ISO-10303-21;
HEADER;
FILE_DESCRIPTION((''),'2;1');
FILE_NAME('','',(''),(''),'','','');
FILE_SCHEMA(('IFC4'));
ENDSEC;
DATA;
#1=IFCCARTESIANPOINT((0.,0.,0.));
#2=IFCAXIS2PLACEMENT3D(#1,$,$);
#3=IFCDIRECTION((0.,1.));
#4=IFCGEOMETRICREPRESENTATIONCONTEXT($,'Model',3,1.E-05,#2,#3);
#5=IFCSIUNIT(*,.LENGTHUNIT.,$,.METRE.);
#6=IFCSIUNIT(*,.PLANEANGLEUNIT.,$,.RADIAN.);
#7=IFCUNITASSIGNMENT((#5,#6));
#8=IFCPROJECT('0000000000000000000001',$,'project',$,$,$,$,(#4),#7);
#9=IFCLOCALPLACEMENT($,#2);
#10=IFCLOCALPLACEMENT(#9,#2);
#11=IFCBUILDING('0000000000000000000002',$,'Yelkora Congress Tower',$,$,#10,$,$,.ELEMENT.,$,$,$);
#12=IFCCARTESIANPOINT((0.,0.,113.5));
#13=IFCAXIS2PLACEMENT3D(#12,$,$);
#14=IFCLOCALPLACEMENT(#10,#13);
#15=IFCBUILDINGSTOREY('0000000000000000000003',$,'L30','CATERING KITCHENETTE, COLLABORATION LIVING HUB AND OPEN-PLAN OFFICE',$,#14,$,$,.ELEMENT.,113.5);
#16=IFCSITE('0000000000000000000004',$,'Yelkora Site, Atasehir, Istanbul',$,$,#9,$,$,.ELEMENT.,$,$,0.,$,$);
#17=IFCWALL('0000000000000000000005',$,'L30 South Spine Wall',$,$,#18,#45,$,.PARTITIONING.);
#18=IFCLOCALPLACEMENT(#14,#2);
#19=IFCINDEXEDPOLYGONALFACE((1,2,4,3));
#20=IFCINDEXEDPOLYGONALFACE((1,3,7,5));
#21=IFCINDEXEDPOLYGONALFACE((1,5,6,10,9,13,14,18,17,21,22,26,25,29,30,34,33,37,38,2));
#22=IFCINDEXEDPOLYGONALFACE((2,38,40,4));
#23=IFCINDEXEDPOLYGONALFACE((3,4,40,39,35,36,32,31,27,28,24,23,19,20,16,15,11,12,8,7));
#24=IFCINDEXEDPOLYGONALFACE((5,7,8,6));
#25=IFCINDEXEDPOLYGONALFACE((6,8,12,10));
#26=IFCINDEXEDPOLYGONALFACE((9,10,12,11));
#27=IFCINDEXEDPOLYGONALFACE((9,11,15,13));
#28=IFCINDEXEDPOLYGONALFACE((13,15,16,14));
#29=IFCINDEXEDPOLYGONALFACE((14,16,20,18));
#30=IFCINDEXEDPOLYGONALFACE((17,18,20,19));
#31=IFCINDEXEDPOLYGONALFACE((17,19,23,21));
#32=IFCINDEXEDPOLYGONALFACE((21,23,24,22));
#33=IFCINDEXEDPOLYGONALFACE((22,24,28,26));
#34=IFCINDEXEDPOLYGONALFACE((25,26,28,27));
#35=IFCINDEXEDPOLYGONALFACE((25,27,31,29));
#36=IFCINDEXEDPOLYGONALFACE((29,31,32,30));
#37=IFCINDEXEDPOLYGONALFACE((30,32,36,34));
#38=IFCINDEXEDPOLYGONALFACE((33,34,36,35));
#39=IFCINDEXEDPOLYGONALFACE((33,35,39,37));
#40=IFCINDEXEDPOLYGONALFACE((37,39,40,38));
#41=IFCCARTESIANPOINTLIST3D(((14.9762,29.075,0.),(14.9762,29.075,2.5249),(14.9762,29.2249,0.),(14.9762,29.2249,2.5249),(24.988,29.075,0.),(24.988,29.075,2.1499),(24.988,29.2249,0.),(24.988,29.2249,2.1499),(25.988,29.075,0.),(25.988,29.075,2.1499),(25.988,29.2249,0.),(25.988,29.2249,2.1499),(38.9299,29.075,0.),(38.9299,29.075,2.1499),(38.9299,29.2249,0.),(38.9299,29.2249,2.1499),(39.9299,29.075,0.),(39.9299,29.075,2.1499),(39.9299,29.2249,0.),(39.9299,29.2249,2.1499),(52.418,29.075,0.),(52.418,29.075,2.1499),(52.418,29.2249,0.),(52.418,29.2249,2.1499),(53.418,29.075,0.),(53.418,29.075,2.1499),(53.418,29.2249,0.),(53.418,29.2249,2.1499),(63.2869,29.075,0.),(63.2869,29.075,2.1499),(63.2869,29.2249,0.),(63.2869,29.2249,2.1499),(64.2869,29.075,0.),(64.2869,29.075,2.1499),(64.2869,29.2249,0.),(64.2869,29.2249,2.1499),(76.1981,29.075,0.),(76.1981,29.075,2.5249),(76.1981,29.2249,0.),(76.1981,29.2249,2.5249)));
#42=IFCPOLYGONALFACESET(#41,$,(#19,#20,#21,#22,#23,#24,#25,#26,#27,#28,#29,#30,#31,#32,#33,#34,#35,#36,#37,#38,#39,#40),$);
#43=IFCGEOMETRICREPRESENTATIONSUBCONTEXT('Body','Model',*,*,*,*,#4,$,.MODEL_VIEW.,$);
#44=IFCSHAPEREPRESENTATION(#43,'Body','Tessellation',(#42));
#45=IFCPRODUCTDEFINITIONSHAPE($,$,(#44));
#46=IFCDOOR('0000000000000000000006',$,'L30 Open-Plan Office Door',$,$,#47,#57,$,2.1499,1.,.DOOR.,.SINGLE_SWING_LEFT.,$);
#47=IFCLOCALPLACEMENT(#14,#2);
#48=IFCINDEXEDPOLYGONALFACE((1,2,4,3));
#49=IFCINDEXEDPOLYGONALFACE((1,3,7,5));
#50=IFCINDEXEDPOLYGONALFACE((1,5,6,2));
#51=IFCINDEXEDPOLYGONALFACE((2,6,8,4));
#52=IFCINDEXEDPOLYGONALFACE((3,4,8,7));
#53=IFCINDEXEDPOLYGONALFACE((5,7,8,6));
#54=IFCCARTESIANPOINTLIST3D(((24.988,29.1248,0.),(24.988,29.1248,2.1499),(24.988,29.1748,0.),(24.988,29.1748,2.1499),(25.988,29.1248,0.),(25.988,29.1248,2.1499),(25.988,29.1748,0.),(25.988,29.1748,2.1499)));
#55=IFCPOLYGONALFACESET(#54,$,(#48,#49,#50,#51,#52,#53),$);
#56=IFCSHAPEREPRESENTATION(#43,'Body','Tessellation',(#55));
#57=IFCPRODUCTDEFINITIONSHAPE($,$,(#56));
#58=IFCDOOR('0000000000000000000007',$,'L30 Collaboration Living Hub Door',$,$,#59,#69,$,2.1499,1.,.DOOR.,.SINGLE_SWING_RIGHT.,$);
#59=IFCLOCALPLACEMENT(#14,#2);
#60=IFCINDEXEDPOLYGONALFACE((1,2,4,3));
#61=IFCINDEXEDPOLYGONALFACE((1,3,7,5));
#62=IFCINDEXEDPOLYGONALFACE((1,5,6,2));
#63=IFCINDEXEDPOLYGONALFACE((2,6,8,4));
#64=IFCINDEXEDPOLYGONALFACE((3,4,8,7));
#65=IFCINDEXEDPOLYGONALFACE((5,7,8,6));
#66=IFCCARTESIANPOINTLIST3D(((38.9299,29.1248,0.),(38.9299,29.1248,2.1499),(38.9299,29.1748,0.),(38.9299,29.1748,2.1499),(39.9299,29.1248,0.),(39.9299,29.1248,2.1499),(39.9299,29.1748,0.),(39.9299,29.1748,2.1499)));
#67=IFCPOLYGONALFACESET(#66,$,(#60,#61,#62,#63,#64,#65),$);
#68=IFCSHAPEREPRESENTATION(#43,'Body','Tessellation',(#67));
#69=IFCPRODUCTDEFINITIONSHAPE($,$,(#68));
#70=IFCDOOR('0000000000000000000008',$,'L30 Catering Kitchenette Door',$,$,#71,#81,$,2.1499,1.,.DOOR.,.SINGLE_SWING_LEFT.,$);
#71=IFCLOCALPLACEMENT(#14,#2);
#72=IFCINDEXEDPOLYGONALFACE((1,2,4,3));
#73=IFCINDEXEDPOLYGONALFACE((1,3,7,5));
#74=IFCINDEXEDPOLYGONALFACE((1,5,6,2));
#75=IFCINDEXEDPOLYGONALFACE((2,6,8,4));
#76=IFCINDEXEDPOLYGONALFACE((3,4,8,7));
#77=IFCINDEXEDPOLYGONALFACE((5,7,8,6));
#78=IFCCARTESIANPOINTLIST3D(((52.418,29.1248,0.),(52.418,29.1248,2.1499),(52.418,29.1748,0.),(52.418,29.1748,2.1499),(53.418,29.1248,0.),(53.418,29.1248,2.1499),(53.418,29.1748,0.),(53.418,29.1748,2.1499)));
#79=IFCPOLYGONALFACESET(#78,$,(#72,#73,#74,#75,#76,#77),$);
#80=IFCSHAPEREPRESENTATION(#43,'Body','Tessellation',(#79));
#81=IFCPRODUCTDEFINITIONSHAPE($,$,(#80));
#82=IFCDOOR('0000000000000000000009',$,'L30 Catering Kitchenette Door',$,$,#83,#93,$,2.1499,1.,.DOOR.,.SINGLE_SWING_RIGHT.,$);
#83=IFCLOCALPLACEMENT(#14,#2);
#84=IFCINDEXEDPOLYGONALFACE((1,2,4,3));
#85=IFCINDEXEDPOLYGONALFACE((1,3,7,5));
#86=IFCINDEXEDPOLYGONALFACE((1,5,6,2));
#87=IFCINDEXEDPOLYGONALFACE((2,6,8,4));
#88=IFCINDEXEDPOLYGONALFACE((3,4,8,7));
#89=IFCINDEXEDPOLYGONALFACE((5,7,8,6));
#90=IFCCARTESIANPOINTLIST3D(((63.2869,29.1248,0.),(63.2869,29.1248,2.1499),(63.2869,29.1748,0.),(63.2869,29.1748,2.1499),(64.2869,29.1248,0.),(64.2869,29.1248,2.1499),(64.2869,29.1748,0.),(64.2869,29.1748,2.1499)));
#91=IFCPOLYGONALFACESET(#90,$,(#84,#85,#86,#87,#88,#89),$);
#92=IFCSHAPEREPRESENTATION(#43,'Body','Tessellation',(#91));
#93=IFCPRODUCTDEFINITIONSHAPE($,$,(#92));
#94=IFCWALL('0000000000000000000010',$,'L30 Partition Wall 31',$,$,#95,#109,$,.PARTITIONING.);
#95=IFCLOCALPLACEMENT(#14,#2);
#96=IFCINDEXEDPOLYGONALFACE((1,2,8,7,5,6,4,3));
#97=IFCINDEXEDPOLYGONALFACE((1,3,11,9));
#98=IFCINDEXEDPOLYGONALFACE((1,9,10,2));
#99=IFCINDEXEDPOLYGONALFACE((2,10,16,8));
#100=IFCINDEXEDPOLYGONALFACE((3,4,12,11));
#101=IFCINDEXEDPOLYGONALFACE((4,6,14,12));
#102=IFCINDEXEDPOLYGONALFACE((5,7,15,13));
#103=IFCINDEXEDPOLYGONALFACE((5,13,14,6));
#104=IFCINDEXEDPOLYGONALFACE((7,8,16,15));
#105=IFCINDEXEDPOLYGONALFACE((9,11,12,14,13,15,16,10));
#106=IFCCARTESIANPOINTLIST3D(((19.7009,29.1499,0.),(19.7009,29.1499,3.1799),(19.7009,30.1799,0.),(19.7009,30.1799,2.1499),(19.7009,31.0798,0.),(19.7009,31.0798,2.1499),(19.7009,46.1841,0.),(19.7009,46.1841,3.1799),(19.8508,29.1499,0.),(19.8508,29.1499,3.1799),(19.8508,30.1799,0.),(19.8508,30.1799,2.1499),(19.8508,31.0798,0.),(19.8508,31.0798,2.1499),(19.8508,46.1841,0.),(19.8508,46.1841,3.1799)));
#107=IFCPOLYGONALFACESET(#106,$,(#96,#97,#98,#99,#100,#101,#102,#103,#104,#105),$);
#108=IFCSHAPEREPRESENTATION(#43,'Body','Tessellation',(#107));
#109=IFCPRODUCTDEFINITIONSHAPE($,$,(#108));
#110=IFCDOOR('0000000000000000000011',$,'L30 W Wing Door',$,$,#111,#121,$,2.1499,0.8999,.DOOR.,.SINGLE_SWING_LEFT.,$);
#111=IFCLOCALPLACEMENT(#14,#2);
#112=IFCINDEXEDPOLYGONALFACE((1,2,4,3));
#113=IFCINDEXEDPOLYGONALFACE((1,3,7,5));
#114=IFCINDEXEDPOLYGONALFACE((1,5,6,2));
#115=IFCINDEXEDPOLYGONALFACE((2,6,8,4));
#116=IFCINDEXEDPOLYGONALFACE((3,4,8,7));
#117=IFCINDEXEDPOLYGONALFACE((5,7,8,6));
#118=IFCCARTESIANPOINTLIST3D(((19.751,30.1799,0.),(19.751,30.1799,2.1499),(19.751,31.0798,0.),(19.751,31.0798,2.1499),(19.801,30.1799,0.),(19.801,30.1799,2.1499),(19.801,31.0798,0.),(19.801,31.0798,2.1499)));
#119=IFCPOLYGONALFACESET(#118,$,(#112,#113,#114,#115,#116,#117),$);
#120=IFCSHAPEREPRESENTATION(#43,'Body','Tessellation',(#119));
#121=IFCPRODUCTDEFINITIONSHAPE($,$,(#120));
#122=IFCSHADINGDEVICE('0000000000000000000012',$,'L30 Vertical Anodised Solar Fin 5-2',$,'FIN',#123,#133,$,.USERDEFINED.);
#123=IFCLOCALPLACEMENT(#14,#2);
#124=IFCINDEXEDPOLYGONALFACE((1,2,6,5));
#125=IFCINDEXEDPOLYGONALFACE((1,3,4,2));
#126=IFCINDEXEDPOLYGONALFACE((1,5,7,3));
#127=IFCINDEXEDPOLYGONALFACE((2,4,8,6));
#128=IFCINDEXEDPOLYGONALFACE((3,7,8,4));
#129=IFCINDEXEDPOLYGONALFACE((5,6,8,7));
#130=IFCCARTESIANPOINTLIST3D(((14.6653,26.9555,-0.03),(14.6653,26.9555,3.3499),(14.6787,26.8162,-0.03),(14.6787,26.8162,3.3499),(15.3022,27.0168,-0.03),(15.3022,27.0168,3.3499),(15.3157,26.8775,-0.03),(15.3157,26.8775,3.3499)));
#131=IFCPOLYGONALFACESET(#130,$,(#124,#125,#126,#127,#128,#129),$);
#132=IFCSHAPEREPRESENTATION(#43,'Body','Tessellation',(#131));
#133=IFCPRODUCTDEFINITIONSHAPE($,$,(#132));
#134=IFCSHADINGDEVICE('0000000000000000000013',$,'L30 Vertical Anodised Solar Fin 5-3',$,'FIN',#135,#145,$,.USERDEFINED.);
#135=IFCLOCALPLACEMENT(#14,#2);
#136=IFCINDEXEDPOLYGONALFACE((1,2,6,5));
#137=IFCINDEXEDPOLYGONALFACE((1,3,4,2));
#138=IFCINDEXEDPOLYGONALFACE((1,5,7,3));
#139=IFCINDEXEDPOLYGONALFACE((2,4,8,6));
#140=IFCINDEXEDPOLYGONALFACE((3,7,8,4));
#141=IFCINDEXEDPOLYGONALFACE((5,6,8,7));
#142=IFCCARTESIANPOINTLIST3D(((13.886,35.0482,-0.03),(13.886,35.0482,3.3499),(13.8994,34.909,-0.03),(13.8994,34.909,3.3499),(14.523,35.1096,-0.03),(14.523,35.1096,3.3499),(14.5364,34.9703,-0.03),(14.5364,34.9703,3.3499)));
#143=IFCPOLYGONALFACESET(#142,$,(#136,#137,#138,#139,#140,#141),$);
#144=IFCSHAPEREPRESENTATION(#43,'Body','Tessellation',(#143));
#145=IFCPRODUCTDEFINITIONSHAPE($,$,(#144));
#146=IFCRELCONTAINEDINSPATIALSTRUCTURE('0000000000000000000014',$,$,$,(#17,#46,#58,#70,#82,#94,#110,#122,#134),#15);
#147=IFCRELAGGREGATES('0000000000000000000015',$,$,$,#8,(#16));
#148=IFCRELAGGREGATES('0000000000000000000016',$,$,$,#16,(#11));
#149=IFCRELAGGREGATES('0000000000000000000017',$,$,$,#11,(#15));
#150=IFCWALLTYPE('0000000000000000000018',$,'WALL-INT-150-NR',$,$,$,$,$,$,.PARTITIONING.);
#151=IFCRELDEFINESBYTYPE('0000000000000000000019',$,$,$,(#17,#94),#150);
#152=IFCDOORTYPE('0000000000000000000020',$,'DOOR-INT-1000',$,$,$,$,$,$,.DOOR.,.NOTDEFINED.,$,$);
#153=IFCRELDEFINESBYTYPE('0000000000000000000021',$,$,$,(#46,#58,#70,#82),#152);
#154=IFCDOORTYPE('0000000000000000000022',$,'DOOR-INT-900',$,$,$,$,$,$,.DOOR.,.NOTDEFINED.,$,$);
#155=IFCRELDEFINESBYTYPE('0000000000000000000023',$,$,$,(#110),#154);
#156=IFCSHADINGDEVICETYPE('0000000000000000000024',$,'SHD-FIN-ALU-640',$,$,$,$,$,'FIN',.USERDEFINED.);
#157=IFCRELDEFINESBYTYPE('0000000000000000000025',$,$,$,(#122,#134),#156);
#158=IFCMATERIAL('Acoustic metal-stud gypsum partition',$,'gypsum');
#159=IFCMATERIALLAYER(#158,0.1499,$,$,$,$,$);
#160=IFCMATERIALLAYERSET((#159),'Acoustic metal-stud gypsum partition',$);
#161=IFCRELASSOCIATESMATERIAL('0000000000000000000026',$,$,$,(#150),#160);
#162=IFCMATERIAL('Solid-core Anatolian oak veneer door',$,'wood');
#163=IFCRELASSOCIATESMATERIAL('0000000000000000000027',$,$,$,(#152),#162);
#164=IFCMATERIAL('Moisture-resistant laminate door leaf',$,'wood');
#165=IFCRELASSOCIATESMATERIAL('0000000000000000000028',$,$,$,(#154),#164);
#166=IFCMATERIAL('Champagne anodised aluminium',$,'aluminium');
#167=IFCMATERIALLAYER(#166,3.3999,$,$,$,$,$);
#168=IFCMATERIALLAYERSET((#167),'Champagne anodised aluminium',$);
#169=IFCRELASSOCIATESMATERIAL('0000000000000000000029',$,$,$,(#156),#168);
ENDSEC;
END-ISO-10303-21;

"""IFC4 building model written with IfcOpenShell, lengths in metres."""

from ifc_helpers import new_model, si_unit, direction, frame, frame_2d, origin, origin_2d, place, context, subcontext, project, spatial, rectangle, extrude, material, layer, layer_set, type_object, element, fill, save


model = new_model("IFC4")

# Units and contexts
model_context = context("Model", 3, precision=1e-05, world=origin(), true_north=direction((0.0, 1.0)))
body_context = subcontext(model_context, "Body", "Model", "MODEL_VIEW")
ifc_project = project(units=[si_unit("LENGTHUNIT", "METRE"), si_unit("PLANEANGLEUNIT", "RADIAN")], contexts=[model_context])

# Site, building, storey
site_placement = place(None, origin())
site = spatial("IfcSite", under=ifc_project, at=site_placement, Name="Yelkora Site, Atasehir, Istanbul", CompositionType="ELEMENT", RefElevation=0.0)
building_placement = place(site_placement, origin())
building = spatial("IfcBuilding", under=site, at=building_placement, Name="Yelkora Congress Tower", CompositionType="ELEMENT")
storey_placement = place(building_placement, frame((0.0, 0.0, 113.5)))
storey = spatial("IfcBuildingStorey", under=building, at=storey_placement, Name="L30", Description="CATERING KITCHENETTE, COLLABORATION LIVING HUB AND OPEN-PLAN OFFICE", CompositionType="ELEMENT", Elevation=113.5)

# Wall, openings, doors
ifc_material_1 = material(Name="Acoustic metal-stud gypsum partition", Category="gypsum")
ifc_layer_1 = layer(ifc_material_1, 0.1499)
ifc_layer_set_1 = layer_set([ifc_layer_1], Name="Acoustic metal-stud gypsum partition")
wall_type = type_object("IfcWallType", Name="WALL-INT-150-NR", PredefinedType="PARTITIONING", material=ifc_layer_set_1)
wall_1_placement = place(storey_placement, frame((14.9763, 29.1499, 0.0), z_axis=(0.0, 0.0, 1.0), x_axis=(1.0, 0.0, 0.0)))
wall_1 = element("IfcWall", 1, at=wall_1_placement, inside=storey, type_object=wall_type, Name="L30 South Spine Wall", PredefinedType="PARTITIONING", context=body_context, shape_type="SweptSolid", body=[
    extrude(rectangle(XDim=61.2219, YDim=0.1499, at=frame_2d((30.6108, 0.0))), origin(), (0.0, 0.0, 1.0), 2.5249),
])
opening_1_placement = place(wall_1_placement, frame((10.0117, 0.0, 0.0)))
opening_1 = element("IfcOpeningElement", 2, at=opening_1_placement, cuts=wall_1, PredefinedType="OPENING", context=body_context, shape_type="SweptSolid", body=[
    extrude(rectangle(XDim=1.0, YDim=2.1499, at=frame_2d((0.5, 1.075))), frame((0.0, 0.085, 0.0), z_axis=(0.0, -1.0, 0.0), x_axis=(1.0, 0.0, 0.0)), (0.0, 0.0, 1.0), 0.1699),
])
opening_2_placement = place(wall_1_placement, frame((23.9536, 0.0, 0.0)))
opening_2 = element("IfcOpeningElement", 3, at=opening_2_placement, cuts=wall_1, PredefinedType="OPENING", context=body_context, shape_type="SweptSolid", body=[
    extrude(rectangle(XDim=1.0, YDim=2.1499, at=frame_2d((0.5, 1.075))), frame((0.0, 0.085, 0.0), z_axis=(0.0, -1.0, 0.0), x_axis=(1.0, 0.0, 0.0)), (0.0, 0.0, 1.0), 0.1699),
])
opening_3_placement = place(wall_1_placement, frame((37.4417, 0.0, 0.0)))
opening_3 = element("IfcOpeningElement", 4, at=opening_3_placement, cuts=wall_1, PredefinedType="OPENING", context=body_context, shape_type="SweptSolid", body=[
    extrude(rectangle(XDim=1.0, YDim=2.1499, at=frame_2d((0.5, 1.075))), frame((0.0, 0.085, 0.0), z_axis=(0.0, -1.0, 0.0), x_axis=(1.0, 0.0, 0.0)), (0.0, 0.0, 1.0), 0.1699),
])
opening_4_placement = place(wall_1_placement, frame((48.3105, 0.0, 0.0)))
opening_4 = element("IfcOpeningElement", 5, at=opening_4_placement, cuts=wall_1, PredefinedType="OPENING", context=body_context, shape_type="SweptSolid", body=[
    extrude(rectangle(XDim=1.0, YDim=2.1499, at=frame_2d((0.5, 1.075))), frame((0.0, 0.085, 0.0), z_axis=(0.0, -1.0, 0.0), x_axis=(1.0, 0.0, 0.0)), (0.0, 0.0, 1.0), 0.1699),
])
ifc_material_2 = material(Name="Solid-core Anatolian oak veneer door", Category="wood")
door_type_1 = type_object("IfcDoorType", Name="DOOR-INT-1000", OperationType="NOTDEFINED", PredefinedType="DOOR", material=ifc_material_2)
door_1_placement = place(opening_1_placement, origin())
door_1 = element("IfcDoor", 6, at=door_1_placement, inside=storey, type_object=door_type_1, Name="L30 Open-Plan Office Door", OperationType="SINGLE_SWING_LEFT", OverallHeight=2.1499, OverallWidth=1.0, PredefinedType="DOOR", context=body_context, shape_type="SweptSolid", body=[
    extrude(rectangle(XDim=1.0, YDim=2.1499, at=frame_2d((0.5, 1.075))), frame((0.0, 0.0249, 0.0), z_axis=(0.0, -1.0, 0.0), x_axis=(1.0, 0.0, 0.0)), (0.0, 0.0, 1.0), 0.05),
])
fill(opening_1, door_1)
door_2_placement = place(opening_2_placement, origin())
door_2 = element("IfcDoor", 7, at=door_2_placement, inside=storey, type_object=door_type_1, Name="L30 Collaboration Living Hub Door", OperationType="SINGLE_SWING_RIGHT", OverallHeight=2.1499, OverallWidth=1.0, PredefinedType="DOOR", context=body_context, shape_type="SweptSolid", body=[
    extrude(rectangle(XDim=1.0, YDim=2.1499, at=frame_2d((0.5, 1.075))), frame((0.0, 0.0249, 0.0), z_axis=(0.0, -1.0, 0.0), x_axis=(1.0, 0.0, 0.0)), (0.0, 0.0, 1.0), 0.05),
])
fill(opening_2, door_2)
door_3_placement = place(opening_3_placement, origin())
door_3 = element("IfcDoor", 8, at=door_3_placement, inside=storey, type_object=door_type_1, Name="L30 Catering Kitchenette Door", OperationType="SINGLE_SWING_LEFT", OverallHeight=2.1499, OverallWidth=1.0, PredefinedType="DOOR", context=body_context, shape_type="SweptSolid", body=[
    extrude(rectangle(XDim=1.0, YDim=2.1499, at=frame_2d((0.5, 1.075))), frame((0.0, 0.0249, 0.0), z_axis=(0.0, -1.0, 0.0), x_axis=(1.0, 0.0, 0.0)), (0.0, 0.0, 1.0), 0.05),
])
fill(opening_3, door_3)
door_4_placement = place(opening_4_placement, origin())
door_4 = element("IfcDoor", 9, at=door_4_placement, inside=storey, type_object=door_type_1, Name="L30 Catering Kitchenette Door", OperationType="SINGLE_SWING_RIGHT", OverallHeight=2.1499, OverallWidth=1.0, PredefinedType="DOOR", context=body_context, shape_type="SweptSolid", body=[
    extrude(rectangle(XDim=1.0, YDim=2.1499, at=frame_2d((0.5, 1.075))), frame((0.0, 0.0249, 0.0), z_axis=(0.0, -1.0, 0.0), x_axis=(1.0, 0.0, 0.0)), (0.0, 0.0, 1.0), 0.05),
])
fill(opening_4, door_4)

# Wall, opening, door
wall_2_placement = place(storey_placement, frame((19.7759, 29.1499, 0.0), z_axis=(0.0, 0.0, 1.0), x_axis=(0.0, 1.0, 0.0)))
wall_2 = element("IfcWall", 10, at=wall_2_placement, inside=storey, type_object=wall_type, Name="L30 Partition Wall 31", PredefinedType="PARTITIONING", context=body_context, shape_type="SweptSolid", body=[
    extrude(rectangle(XDim=17.0342, YDim=0.1499, at=frame_2d((8.5171, 0.0))), origin(), (0.0, 0.0, 1.0), 3.1799),
])
opening_5_placement = place(wall_2_placement, frame((1.03, 0.0, 0.0)))
opening_5 = element("IfcOpeningElement", 11, at=opening_5_placement, cuts=wall_2, PredefinedType="OPENING", context=body_context, shape_type="SweptSolid", body=[
    extrude(rectangle(XDim=0.8999, YDim=2.1499, at=frame_2d((0.45, 1.075))), frame((0.0, 0.085, 0.0), z_axis=(0.0, -1.0, 0.0), x_axis=(1.0, 0.0, 0.0)), (0.0, 0.0, 1.0), 0.1699),
])
ifc_material_3 = material(Name="Moisture-resistant laminate door leaf", Category="wood")
door_type_2 = type_object("IfcDoorType", Name="DOOR-INT-900", OperationType="NOTDEFINED", PredefinedType="DOOR", material=ifc_material_3)
door_5_placement = place(opening_5_placement, origin())
door_5 = element("IfcDoor", 12, at=door_5_placement, inside=storey, type_object=door_type_2, Name="L30 W Wing Door", OperationType="SINGLE_SWING_LEFT", OverallHeight=2.1499, OverallWidth=0.8999, PredefinedType="DOOR", context=body_context, shape_type="SweptSolid", body=[
    extrude(rectangle(XDim=0.8999, YDim=2.1499, at=frame_2d((0.45, 1.075))), frame((0.0, 0.0249, 0.0), z_axis=(0.0, -1.0, 0.0), x_axis=(1.0, 0.0, 0.0)), (0.0, 0.0, 1.0), 0.05),
])
fill(opening_5, door_5)

# Shading devices
ifc_material_4 = material(Name="Champagne anodised aluminium", Category="aluminium")
ifc_layer_2 = layer(ifc_material_4, 3.3999)
ifc_layer_set_2 = layer_set([ifc_layer_2], Name="Champagne anodised aluminium")
shading_device_type = type_object("IfcShadingDeviceType", Name="SHD-FIN-ALU-640", ElementType="FIN", PredefinedType="USERDEFINED", material=ifc_layer_set_2)
for number, where, z_axis, x_axis, name in (
    (13, (14.9905, 26.9165, -0.03), (0.0, 0.0, 1.0), (-0.095846, 0.995396, 0.0), "L30 Vertical Anodised Solar Fin 5-2"),
    (14, (14.2112, 35.0093, -0.03), (0.0, 0.0, 1.0), (-0.095846, 0.995396, 0.0), "L30 Vertical Anodised Solar Fin 5-3"),
):
    element("IfcShadingDevice", number, at=place(storey_placement, frame(where, z_axis=z_axis, x_axis=x_axis)), inside=storey, type_object=shading_device_type, Name=name, ObjectType="FIN", PredefinedType="USERDEFINED", context=body_context, shape_type="SweptSolid", body=[
        extrude(rectangle(XDim=0.1399, YDim=0.6399, at=origin_2d()), origin(), (0.0, 0.0, 1.0), 3.3799),
    ])

save(model, "model.ifc")
